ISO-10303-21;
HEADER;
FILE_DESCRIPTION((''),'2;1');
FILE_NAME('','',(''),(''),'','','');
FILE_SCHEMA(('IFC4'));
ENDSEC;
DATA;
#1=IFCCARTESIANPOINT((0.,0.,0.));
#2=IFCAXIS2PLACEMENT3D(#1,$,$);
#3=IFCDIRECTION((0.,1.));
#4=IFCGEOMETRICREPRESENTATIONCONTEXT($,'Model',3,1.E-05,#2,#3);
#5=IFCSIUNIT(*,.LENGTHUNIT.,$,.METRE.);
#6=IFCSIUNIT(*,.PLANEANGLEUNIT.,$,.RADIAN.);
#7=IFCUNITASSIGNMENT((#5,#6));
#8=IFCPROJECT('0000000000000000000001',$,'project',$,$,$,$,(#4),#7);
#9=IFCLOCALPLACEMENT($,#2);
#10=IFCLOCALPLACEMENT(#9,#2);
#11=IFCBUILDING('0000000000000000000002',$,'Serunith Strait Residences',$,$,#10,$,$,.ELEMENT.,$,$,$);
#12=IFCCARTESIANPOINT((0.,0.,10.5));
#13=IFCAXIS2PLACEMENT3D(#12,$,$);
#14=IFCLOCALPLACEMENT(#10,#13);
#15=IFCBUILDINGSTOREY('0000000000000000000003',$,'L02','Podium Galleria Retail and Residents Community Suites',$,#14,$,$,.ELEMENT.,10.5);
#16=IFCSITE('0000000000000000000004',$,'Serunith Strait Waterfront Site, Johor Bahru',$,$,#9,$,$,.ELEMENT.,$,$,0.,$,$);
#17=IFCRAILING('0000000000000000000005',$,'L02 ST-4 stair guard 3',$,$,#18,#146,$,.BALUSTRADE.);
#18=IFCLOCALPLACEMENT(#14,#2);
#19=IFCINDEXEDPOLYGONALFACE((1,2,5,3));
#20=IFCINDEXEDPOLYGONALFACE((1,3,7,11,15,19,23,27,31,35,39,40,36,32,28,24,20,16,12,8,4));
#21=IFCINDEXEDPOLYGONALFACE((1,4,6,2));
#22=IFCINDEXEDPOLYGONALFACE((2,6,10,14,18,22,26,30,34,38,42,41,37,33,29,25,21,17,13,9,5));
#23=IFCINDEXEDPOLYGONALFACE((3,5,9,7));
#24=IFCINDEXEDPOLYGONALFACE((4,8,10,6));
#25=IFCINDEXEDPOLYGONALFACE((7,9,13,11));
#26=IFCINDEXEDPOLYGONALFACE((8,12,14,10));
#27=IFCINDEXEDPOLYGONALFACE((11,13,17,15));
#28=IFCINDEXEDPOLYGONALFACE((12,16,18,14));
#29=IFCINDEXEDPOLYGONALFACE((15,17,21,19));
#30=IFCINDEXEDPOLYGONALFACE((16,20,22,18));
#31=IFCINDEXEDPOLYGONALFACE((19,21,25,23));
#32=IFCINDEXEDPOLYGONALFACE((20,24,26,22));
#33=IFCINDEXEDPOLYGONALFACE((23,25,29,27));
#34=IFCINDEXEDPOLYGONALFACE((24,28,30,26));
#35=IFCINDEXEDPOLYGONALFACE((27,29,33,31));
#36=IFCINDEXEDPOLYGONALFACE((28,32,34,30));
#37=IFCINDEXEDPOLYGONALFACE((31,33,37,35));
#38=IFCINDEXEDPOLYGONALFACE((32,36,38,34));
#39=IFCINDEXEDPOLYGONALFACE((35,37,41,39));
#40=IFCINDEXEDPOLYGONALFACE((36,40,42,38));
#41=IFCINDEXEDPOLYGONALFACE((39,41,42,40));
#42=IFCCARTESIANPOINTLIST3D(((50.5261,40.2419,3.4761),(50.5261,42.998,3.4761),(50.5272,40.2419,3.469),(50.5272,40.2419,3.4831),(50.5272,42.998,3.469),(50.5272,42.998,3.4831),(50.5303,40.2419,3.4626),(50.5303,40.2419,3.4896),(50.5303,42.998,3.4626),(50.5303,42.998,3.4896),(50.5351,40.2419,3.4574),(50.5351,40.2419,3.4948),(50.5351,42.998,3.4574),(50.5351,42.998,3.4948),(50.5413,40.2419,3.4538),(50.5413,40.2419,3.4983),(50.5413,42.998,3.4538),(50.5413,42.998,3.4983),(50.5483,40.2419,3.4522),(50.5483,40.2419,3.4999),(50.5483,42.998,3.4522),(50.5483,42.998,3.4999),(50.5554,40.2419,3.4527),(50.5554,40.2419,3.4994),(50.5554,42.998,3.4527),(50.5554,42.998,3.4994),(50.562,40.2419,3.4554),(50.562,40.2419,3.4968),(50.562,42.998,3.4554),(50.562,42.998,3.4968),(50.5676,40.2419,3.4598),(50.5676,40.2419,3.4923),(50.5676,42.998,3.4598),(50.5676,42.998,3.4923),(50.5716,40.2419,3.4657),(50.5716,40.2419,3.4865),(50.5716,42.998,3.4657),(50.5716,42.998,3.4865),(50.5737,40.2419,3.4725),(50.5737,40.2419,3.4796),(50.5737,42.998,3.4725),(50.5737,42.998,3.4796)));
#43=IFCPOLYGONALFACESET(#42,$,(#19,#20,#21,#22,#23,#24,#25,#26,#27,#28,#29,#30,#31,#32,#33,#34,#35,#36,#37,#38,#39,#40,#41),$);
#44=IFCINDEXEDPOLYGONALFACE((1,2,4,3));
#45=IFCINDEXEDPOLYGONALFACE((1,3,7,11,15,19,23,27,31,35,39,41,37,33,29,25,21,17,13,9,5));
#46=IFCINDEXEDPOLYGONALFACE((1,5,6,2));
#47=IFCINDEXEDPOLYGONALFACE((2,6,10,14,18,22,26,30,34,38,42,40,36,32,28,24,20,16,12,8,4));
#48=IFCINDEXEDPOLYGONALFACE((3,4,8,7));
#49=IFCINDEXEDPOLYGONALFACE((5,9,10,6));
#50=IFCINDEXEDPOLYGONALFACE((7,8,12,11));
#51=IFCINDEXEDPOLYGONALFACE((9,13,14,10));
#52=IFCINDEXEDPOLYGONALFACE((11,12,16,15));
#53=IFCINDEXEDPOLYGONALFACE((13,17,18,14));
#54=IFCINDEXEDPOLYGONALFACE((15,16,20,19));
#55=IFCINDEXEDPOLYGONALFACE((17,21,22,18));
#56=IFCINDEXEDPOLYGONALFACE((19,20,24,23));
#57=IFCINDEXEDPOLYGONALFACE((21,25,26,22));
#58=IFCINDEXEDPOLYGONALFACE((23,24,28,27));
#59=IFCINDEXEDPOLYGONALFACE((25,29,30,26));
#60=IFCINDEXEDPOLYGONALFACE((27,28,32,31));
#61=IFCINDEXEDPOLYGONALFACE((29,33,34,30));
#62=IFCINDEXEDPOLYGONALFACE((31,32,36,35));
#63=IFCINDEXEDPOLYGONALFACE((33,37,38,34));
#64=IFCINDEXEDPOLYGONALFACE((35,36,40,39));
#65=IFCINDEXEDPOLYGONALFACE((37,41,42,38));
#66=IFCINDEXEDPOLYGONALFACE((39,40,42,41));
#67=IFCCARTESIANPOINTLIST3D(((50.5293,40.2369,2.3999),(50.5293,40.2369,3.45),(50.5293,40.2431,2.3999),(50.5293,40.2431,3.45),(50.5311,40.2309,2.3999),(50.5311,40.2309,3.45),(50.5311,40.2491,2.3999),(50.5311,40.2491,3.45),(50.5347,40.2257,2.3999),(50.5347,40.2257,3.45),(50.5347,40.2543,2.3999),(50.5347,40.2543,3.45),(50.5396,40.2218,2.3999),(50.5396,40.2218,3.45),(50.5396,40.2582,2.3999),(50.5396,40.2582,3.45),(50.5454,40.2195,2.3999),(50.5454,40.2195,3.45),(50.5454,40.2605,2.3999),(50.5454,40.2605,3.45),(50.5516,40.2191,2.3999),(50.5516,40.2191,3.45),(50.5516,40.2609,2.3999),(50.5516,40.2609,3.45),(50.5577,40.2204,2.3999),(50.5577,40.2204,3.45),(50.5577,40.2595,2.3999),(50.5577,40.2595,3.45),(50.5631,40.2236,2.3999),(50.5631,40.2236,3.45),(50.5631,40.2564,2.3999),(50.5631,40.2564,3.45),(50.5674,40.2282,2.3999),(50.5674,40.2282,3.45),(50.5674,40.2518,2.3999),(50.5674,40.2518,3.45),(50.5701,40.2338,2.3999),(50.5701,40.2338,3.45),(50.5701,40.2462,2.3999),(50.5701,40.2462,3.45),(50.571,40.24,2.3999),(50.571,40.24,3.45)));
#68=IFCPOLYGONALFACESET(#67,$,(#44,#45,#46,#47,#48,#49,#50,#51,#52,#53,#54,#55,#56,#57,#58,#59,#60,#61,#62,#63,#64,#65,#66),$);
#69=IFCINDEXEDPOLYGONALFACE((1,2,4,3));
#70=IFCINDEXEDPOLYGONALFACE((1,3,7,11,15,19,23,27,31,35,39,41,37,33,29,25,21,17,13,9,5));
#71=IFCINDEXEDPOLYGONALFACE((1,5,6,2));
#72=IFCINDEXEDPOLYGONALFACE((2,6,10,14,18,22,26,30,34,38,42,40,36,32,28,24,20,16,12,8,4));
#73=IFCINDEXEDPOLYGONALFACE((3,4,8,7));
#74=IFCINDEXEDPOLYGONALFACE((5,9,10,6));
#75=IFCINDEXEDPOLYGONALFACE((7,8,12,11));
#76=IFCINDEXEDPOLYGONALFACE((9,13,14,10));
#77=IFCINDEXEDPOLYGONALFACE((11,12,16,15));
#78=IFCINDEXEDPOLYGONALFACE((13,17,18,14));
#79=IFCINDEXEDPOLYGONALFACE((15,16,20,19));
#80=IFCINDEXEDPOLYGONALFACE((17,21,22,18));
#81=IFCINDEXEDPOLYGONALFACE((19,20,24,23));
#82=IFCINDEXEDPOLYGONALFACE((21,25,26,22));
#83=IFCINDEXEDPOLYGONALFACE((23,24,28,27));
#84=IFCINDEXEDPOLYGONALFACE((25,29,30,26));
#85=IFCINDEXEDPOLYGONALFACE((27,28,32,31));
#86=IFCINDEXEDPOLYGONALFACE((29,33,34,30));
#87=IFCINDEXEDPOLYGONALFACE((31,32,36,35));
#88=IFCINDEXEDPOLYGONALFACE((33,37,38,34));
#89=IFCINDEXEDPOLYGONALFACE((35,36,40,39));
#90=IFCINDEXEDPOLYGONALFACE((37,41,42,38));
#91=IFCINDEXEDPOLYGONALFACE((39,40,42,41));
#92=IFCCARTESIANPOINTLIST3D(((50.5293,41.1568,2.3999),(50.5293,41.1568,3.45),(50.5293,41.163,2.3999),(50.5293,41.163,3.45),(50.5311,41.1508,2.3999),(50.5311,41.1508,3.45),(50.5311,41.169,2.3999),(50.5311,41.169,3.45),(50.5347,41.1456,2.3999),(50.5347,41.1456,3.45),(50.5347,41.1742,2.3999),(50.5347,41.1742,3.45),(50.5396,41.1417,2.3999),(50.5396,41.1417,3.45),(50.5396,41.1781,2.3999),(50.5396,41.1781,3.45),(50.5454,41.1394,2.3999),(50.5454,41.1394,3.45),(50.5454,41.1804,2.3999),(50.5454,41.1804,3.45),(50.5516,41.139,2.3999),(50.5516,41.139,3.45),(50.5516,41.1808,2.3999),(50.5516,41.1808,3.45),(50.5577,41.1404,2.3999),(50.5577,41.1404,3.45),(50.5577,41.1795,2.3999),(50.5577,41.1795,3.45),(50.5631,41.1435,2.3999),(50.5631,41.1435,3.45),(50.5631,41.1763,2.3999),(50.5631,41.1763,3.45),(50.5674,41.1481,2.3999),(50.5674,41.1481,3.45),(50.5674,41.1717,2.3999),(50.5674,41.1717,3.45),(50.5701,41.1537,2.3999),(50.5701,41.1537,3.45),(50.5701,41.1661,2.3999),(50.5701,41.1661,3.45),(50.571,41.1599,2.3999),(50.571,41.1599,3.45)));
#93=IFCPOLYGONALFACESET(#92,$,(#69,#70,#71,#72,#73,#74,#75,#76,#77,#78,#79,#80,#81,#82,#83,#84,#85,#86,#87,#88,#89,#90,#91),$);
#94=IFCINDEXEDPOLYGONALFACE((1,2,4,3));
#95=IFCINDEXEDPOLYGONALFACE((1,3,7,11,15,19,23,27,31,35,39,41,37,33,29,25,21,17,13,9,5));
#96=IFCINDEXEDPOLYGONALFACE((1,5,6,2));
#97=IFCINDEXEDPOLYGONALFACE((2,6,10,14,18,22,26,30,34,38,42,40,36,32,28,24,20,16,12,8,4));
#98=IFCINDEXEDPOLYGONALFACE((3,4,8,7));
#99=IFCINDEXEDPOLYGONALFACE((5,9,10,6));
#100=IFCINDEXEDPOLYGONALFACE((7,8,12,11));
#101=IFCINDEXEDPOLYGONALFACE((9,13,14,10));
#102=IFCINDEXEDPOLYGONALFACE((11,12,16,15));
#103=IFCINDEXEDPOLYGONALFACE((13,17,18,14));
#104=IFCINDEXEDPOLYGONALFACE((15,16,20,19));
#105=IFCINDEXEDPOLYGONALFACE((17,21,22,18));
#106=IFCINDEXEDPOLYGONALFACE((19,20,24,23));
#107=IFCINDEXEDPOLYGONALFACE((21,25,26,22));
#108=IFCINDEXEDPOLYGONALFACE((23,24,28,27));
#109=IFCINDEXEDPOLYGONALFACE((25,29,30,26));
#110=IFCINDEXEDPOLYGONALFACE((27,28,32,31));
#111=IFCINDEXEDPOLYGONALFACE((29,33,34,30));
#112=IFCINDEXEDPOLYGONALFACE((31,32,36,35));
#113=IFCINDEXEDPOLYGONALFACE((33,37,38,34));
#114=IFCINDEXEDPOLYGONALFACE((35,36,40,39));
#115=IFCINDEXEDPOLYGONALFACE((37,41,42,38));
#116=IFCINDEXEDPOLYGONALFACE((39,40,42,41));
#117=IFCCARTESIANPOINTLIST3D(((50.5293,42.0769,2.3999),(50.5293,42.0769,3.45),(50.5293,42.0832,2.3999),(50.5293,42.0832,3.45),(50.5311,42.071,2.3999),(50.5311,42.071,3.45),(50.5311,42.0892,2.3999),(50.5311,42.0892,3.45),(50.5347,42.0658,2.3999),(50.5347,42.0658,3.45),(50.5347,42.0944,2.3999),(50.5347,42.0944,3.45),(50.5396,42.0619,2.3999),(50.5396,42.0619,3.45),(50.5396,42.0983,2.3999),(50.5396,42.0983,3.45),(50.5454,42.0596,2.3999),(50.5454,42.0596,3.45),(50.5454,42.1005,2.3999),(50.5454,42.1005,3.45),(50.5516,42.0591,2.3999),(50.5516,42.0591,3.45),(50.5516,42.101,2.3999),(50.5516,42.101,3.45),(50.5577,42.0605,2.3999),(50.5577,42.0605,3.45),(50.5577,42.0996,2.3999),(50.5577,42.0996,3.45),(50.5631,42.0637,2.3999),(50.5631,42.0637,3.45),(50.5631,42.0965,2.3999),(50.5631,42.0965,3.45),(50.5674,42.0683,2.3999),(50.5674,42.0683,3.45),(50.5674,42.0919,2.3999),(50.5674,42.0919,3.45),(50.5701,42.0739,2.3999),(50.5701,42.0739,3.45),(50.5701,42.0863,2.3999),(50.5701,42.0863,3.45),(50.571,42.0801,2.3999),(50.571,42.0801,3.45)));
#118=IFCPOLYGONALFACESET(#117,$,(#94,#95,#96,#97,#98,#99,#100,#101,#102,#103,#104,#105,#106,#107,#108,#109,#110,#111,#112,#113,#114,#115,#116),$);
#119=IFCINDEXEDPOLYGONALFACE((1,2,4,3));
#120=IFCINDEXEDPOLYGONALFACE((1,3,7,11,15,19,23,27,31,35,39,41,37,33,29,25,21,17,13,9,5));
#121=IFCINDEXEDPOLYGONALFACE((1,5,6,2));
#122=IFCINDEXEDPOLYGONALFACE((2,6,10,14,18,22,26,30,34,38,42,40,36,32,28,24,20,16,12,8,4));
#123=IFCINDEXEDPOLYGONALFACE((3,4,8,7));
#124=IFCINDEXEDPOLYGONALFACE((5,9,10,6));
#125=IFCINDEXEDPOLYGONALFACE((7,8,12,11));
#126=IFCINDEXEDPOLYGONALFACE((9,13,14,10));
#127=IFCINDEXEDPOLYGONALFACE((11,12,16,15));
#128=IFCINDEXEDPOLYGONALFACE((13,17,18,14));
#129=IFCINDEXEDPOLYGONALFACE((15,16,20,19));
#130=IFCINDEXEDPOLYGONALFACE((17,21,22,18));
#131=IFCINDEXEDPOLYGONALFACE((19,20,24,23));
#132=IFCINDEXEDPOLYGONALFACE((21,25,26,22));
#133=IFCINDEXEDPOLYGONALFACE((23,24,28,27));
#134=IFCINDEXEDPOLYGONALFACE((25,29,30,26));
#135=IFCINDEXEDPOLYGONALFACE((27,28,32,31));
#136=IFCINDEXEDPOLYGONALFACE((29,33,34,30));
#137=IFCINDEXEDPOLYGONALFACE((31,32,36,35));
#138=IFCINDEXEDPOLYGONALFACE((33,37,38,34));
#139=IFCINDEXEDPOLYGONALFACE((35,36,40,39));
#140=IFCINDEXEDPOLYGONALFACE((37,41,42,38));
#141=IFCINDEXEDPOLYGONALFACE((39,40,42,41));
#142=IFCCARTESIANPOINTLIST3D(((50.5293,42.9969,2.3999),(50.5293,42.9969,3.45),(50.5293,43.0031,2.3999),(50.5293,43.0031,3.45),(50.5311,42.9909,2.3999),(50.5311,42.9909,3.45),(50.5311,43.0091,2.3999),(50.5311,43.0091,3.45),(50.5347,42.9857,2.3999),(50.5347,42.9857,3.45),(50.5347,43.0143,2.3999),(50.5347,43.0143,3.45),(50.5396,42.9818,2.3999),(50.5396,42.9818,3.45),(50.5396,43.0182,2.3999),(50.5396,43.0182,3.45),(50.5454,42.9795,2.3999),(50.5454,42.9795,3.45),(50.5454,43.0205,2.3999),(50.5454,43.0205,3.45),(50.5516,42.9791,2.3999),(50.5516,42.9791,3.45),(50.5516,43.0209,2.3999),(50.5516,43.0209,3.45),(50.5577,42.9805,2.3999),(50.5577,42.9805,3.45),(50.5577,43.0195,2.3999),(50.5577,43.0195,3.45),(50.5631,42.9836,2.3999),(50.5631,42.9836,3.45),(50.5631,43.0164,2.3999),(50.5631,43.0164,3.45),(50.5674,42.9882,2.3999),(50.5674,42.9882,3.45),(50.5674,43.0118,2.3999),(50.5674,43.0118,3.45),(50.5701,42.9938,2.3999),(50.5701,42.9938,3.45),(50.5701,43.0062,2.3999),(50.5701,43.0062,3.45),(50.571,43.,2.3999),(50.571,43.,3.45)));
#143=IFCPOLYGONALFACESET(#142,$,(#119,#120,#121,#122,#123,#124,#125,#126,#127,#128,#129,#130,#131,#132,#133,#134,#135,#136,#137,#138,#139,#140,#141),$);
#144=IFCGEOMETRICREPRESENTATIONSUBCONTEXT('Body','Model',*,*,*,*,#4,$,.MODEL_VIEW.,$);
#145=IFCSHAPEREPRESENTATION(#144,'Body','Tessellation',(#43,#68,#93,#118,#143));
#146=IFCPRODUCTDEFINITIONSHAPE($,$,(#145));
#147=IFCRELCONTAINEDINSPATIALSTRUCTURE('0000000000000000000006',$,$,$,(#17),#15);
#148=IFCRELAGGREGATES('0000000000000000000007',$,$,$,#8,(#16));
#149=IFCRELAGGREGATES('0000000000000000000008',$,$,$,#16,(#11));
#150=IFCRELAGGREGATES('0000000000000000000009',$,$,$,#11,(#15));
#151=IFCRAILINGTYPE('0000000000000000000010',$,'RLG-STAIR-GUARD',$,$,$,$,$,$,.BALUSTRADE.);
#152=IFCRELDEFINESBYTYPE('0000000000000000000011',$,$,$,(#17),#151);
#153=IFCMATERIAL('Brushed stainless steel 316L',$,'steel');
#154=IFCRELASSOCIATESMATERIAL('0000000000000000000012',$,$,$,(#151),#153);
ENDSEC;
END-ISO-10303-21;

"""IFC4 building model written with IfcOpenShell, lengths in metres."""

from ifc_helpers import new_model, si_unit, direction, frame, origin, origin_2d, place, context, subcontext, project, spatial, circle, extrude, material, type_object, element, save


model = new_model("IFC4")

# Units and contexts
model_context = context("Model", 3, precision=1e-05, world=origin(), true_north=direction((0.0, 1.0)))
body_context = subcontext(model_context, "Body", "Model", "MODEL_VIEW")
ifc_project = project(units=[si_unit("LENGTHUNIT", "METRE"), si_unit("PLANEANGLEUNIT", "RADIAN")], contexts=[model_context])

# Site, building, storey
site_placement = place(None, origin())
site = spatial("IfcSite", under=ifc_project, at=site_placement, Name="Serunith Strait Waterfront Site, Johor Bahru", CompositionType="ELEMENT", RefElevation=0.0)
building_placement = place(site_placement, origin())
building = spatial("IfcBuilding", under=site, at=building_placement, Name="Serunith Strait Residences", CompositionType="ELEMENT")
storey_placement = place(building_placement, frame((0.0, 0.0, 10.5)))
storey = spatial("IfcBuildingStorey", under=building, at=storey_placement, Name="L02", Description="Podium Galleria Retail and Residents Community Suites", CompositionType="ELEMENT", Elevation=10.5)

# Railing
ifc_material_1 = material(Name="Brushed stainless steel 316L", Category="steel")
railing_type_1 = type_object("IfcRailingType", Name="RLG-STAIR-GUARD", PredefinedType="BALUSTRADE", material=ifc_material_1)
for number, where, name in (
    (1, (50.55, 40.24, 2.3999), "L02 ST-4 stair guard 3"),
):
    element("IfcRailing", number, at=place(storey_placement, frame(where)), inside=storey, type_object=railing_type_1, Name=name, PredefinedType="BALUSTRADE", context=body_context, shape_type="SweptSolid", body=[
        extrude(circle(Radius=0.0239, at=origin_2d()), frame((0.0, 0.002, 1.0762), z_axis=(0.0, 1.0, 0.0), x_axis=(-1.0, 0.0, 0.0)), (0.0, 0.0, 1.0), 2.7561),
        extrude(circle(Radius=0.021, at=origin_2d()), origin(), (0.0, 0.0, 1.0), 1.05),
        extrude(circle(Radius=0.021, at=origin_2d()), frame((0.0, 0.9199, 0.0)), (0.0, 0.0, 1.0), 1.05),
        extrude(circle(Radius=0.021, at=origin_2d()), frame((0.0, 1.8401, 0.0)), (0.0, 0.0, 1.0), 1.05),
        extrude(circle(Radius=0.021, at=origin_2d()), frame((0.0, 2.76, 0.0)), (0.0, 0.0, 1.0), 1.05),
    ])

save(model, "model.ifc")
